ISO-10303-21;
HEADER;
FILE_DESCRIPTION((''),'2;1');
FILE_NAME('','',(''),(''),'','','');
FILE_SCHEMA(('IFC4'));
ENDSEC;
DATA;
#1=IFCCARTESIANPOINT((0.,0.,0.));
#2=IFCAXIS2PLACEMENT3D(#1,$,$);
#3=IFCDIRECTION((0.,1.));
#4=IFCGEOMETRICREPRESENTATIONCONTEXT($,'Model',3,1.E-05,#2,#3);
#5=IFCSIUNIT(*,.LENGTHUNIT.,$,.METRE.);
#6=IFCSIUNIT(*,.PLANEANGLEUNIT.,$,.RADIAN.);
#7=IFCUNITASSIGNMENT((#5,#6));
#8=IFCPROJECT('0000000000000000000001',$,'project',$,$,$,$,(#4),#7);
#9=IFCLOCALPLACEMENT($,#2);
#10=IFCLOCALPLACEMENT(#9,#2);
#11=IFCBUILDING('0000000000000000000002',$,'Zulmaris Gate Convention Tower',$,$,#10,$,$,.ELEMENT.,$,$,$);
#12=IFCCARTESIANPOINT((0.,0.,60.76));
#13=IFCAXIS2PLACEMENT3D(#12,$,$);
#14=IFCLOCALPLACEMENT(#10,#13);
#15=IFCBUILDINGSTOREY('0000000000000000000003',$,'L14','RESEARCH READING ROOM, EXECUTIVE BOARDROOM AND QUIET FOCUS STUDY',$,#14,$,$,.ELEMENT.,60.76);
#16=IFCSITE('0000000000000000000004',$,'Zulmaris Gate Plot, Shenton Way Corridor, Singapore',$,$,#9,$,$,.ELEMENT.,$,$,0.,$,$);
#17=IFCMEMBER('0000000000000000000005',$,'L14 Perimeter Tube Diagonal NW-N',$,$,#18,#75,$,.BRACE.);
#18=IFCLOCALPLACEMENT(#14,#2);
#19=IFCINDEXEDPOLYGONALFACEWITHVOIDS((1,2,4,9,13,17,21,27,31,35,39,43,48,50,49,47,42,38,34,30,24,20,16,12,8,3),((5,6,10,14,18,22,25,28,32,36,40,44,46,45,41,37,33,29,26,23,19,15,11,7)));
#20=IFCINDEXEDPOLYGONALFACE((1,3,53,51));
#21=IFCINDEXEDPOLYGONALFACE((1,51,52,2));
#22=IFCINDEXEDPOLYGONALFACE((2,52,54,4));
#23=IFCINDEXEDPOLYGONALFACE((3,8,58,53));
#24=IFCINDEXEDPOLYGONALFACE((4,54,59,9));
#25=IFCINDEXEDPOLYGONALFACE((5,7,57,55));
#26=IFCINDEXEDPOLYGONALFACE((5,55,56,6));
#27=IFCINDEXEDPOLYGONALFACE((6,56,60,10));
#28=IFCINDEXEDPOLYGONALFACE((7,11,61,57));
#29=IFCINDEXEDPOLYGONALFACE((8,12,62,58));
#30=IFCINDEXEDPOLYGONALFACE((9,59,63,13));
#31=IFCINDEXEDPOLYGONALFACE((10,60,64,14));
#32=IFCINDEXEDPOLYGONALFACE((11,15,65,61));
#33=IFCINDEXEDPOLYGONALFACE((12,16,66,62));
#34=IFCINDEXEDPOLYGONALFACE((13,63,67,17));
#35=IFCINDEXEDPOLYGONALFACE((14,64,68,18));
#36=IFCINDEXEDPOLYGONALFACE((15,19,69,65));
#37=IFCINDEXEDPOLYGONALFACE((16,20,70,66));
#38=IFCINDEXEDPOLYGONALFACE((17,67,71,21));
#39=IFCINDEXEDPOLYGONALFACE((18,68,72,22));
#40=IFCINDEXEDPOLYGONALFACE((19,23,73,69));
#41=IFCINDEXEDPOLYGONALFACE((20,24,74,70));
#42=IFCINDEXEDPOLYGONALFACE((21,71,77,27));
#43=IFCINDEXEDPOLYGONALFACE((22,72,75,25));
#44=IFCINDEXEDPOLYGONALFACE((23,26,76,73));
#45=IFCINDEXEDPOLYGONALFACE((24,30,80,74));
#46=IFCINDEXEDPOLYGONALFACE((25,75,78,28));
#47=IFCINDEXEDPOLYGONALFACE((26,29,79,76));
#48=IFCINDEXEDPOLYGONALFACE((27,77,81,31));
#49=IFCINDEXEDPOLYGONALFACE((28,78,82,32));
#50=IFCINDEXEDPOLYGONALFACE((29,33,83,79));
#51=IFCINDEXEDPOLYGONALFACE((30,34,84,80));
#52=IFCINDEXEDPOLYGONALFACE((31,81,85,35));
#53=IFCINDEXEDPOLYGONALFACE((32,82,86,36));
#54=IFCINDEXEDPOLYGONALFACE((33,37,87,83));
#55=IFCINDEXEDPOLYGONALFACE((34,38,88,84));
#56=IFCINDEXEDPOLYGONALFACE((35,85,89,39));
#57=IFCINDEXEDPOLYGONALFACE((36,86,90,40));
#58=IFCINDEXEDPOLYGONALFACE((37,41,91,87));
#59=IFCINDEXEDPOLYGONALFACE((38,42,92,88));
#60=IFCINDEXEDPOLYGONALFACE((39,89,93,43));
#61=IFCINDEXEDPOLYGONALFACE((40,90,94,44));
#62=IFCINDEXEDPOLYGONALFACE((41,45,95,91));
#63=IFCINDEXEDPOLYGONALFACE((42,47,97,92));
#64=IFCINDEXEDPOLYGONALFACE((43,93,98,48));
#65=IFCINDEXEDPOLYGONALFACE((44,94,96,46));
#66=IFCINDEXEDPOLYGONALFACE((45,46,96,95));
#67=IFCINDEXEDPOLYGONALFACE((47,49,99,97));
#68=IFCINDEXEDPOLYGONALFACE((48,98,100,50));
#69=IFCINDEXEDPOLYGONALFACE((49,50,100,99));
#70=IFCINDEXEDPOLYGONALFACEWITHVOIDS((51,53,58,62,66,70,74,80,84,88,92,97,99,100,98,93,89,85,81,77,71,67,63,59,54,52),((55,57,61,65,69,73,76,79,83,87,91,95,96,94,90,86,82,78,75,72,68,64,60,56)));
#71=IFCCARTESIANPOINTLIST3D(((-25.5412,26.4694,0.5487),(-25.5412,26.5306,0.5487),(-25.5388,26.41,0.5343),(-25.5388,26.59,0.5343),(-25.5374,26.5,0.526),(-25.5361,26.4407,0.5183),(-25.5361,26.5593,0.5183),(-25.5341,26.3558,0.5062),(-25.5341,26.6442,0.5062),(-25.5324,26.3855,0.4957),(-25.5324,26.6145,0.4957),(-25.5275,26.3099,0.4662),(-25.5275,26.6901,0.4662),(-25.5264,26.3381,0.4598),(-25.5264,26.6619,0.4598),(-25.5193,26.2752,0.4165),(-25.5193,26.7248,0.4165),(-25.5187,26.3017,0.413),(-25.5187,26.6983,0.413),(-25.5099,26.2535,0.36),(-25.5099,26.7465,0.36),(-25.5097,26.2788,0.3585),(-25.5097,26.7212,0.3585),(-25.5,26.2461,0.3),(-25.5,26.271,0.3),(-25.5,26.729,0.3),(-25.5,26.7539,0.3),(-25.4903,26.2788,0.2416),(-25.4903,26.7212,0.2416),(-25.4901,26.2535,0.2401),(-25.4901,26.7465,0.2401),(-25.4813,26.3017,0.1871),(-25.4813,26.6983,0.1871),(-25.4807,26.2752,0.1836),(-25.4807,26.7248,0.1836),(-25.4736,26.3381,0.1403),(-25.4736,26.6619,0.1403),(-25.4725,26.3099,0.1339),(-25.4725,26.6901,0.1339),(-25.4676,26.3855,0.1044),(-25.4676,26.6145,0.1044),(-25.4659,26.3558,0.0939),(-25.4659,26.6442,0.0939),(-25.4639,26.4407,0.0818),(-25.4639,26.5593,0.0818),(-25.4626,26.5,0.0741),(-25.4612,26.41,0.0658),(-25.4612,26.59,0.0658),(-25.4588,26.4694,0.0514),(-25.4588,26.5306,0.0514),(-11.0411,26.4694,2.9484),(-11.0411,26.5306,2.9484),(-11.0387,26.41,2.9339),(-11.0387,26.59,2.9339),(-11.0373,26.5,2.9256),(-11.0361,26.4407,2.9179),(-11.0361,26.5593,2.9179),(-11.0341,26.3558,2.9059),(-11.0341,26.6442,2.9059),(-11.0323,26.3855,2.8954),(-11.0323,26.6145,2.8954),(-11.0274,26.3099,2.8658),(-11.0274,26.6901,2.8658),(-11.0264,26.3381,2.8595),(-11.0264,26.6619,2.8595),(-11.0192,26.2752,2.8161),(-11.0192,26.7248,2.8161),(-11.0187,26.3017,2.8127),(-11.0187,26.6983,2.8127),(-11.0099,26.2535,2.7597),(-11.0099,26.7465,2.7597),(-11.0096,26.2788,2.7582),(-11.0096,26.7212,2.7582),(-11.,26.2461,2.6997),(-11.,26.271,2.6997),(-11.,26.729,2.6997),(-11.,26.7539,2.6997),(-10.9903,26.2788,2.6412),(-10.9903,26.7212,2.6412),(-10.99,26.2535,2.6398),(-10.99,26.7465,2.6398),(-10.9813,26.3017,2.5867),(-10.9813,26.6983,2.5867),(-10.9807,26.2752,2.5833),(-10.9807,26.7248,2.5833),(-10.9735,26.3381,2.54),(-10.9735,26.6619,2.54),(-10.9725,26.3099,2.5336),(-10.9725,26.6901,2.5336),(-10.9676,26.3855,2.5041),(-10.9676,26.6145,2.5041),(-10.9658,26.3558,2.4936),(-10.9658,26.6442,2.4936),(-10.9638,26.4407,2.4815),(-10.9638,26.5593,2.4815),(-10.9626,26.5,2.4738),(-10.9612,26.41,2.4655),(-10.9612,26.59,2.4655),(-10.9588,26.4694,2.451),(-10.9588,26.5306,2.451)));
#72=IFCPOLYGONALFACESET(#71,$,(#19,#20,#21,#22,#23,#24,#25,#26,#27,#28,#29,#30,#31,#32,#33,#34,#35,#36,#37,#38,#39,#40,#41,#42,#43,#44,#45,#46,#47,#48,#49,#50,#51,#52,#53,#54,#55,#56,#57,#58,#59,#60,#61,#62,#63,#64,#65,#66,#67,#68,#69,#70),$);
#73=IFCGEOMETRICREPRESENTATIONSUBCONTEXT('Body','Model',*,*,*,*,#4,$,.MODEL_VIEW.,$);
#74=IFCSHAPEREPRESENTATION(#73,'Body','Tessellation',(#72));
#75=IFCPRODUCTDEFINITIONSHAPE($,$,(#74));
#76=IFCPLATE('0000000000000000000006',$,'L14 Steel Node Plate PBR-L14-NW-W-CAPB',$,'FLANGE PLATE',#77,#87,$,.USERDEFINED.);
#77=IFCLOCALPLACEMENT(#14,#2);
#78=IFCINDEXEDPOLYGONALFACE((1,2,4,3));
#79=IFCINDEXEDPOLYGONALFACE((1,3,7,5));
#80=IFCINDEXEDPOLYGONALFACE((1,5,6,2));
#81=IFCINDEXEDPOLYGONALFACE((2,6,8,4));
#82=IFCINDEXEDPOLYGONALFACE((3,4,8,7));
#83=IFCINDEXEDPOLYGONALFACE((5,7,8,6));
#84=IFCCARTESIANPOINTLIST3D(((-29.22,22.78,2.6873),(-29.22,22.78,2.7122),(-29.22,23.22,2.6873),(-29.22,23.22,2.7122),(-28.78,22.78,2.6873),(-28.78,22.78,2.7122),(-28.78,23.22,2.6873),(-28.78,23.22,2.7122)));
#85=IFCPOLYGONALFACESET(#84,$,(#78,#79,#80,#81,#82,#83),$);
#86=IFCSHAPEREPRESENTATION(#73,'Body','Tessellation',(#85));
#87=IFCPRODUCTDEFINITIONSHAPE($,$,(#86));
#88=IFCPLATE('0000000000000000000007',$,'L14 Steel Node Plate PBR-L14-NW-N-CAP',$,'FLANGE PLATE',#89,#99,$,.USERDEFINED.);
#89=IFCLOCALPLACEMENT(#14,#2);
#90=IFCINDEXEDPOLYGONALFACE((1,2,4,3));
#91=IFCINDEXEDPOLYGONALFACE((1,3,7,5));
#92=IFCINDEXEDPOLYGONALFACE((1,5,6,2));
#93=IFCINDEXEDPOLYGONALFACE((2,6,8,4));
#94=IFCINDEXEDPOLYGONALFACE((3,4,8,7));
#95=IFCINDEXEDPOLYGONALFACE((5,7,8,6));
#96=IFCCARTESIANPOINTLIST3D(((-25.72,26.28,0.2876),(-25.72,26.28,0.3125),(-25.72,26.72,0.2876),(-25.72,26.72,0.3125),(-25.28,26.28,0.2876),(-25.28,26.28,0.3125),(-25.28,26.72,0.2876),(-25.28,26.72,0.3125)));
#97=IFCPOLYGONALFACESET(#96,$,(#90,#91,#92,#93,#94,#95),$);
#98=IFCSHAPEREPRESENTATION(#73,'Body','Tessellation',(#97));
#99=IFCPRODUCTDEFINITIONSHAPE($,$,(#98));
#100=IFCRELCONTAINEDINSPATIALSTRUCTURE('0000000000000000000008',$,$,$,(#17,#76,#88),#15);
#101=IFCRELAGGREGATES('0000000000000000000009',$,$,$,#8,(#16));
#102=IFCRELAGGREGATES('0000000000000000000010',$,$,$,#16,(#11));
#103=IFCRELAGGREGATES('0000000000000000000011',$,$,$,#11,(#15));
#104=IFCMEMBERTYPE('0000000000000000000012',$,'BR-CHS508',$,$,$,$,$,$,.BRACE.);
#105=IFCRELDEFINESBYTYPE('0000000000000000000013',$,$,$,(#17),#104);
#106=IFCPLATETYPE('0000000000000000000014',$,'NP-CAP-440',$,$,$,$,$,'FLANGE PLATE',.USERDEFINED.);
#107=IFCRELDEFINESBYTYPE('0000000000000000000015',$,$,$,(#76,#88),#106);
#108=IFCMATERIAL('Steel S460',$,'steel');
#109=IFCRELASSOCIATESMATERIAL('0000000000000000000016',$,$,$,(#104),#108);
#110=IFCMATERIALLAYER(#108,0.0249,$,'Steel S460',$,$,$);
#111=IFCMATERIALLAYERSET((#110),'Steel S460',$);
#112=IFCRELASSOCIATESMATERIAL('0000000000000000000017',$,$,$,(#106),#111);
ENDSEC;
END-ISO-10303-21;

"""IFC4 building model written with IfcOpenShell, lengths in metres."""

from ifc_helpers import new_model, si_unit, direction, frame, origin, origin_2d, place, context, subcontext, project, spatial, rectangle, hollow_circle, extrude, material, layer, layer_set, material_profile, profile_set, type_object, element, save


model = new_model("IFC4")

# Units and contexts
model_context = context("Model", 3, precision=1e-05, world=origin(), true_north=direction((0.0, 1.0)))
body_context = subcontext(model_context, "Body", "Model", "MODEL_VIEW")
ifc_project = project(units=[si_unit("LENGTHUNIT", "METRE"), si_unit("PLANEANGLEUNIT", "RADIAN")], contexts=[model_context])

# Site, building, storey
site_placement = place(None, origin())
site = spatial("IfcSite", under=ifc_project, at=site_placement, Name="Zulmaris Gate Plot, Shenton Way Corridor, Singapore", CompositionType="ELEMENT", RefElevation=0.0)
building_placement = place(site_placement, origin())
building = spatial("IfcBuilding", under=site, at=building_placement, Name="Zulmaris Gate Convention Tower", CompositionType="ELEMENT")
storey_placement = place(building_placement, frame((0.0, 0.0, 60.76)))
storey = spatial("IfcBuildingStorey", under=building, at=storey_placement, Name="L14", Description="RESEARCH READING ROOM, EXECUTIVE BOARDROOM AND QUIET FOCUS STUDY", CompositionType="ELEMENT", Elevation=60.76)

# Member
ifc_material_1 = material(Name="Steel S460", Category="steel")
ifc_material_profile_1 = material_profile(ifc_material_1, hollow_circle(Radius=0.2539, WallThickness=0.0249, at=origin_2d()), Name="CHS 508x25")
ifc_profile_set_1 = profile_set([ifc_material_profile_1], Name="Steel S460")
member_type = type_object("IfcMemberType", Name="BR-CHS508", PredefinedType="BRACE", material=ifc_profile_set_1)
member_placement = place(storey_placement, frame((-25.5, 26.5, 0.3), z_axis=(0.986581, 0.0, 0.163273), x_axis=(0.0, 1.0, 0.0)))
element("IfcMember", 1, at=member_placement, inside=storey, type_object=member_type, Name="L14 Perimeter Tube Diagonal NW-N", PredefinedType="BRACE", context=body_context, shape_type="SweptSolid", body=[
    extrude(hollow_circle(Radius=0.2539, WallThickness=0.0249, at=origin_2d()), origin(), (0.0, 0.0, 1.0), 14.6973),
])

# Plates
ifc_layer_1 = layer(ifc_material_1, 0.0249, Name="Steel S460")
ifc_layer_set_1 = layer_set([ifc_layer_1], Name="Steel S460")
plate_type = type_object("IfcPlateType", Name="NP-CAP-440", ElementType="FLANGE PLATE", PredefinedType="USERDEFINED", material=ifc_layer_set_1)
for number, where, z_axis, x_axis, name in (
    (2, (-29.0, 23.0, 2.6873), (0.0, 0.0, 1.0), (1.0, 0.0, 0.0), "L14 Steel Node Plate PBR-L14-NW-W-CAPB"),
    (3, (-25.5, 26.5, 0.2876), (0.0, 0.0, 1.0), (1.0, 0.0, 0.0), "L14 Steel Node Plate PBR-L14-NW-N-CAP"),
):
    element("IfcPlate", number, at=place(storey_placement, frame(where, z_axis=z_axis, x_axis=x_axis)), inside=storey, type_object=plate_type, Name=name, ObjectType="FLANGE PLATE", PredefinedType="USERDEFINED", context=body_context, shape_type="SweptSolid", body=[
        extrude(rectangle(XDim=0.4399, YDim=0.4399, at=origin_2d()), origin(), (0.0, 0.0, 1.0), 0.0249),
    ])

save(model, "model.ifc")
